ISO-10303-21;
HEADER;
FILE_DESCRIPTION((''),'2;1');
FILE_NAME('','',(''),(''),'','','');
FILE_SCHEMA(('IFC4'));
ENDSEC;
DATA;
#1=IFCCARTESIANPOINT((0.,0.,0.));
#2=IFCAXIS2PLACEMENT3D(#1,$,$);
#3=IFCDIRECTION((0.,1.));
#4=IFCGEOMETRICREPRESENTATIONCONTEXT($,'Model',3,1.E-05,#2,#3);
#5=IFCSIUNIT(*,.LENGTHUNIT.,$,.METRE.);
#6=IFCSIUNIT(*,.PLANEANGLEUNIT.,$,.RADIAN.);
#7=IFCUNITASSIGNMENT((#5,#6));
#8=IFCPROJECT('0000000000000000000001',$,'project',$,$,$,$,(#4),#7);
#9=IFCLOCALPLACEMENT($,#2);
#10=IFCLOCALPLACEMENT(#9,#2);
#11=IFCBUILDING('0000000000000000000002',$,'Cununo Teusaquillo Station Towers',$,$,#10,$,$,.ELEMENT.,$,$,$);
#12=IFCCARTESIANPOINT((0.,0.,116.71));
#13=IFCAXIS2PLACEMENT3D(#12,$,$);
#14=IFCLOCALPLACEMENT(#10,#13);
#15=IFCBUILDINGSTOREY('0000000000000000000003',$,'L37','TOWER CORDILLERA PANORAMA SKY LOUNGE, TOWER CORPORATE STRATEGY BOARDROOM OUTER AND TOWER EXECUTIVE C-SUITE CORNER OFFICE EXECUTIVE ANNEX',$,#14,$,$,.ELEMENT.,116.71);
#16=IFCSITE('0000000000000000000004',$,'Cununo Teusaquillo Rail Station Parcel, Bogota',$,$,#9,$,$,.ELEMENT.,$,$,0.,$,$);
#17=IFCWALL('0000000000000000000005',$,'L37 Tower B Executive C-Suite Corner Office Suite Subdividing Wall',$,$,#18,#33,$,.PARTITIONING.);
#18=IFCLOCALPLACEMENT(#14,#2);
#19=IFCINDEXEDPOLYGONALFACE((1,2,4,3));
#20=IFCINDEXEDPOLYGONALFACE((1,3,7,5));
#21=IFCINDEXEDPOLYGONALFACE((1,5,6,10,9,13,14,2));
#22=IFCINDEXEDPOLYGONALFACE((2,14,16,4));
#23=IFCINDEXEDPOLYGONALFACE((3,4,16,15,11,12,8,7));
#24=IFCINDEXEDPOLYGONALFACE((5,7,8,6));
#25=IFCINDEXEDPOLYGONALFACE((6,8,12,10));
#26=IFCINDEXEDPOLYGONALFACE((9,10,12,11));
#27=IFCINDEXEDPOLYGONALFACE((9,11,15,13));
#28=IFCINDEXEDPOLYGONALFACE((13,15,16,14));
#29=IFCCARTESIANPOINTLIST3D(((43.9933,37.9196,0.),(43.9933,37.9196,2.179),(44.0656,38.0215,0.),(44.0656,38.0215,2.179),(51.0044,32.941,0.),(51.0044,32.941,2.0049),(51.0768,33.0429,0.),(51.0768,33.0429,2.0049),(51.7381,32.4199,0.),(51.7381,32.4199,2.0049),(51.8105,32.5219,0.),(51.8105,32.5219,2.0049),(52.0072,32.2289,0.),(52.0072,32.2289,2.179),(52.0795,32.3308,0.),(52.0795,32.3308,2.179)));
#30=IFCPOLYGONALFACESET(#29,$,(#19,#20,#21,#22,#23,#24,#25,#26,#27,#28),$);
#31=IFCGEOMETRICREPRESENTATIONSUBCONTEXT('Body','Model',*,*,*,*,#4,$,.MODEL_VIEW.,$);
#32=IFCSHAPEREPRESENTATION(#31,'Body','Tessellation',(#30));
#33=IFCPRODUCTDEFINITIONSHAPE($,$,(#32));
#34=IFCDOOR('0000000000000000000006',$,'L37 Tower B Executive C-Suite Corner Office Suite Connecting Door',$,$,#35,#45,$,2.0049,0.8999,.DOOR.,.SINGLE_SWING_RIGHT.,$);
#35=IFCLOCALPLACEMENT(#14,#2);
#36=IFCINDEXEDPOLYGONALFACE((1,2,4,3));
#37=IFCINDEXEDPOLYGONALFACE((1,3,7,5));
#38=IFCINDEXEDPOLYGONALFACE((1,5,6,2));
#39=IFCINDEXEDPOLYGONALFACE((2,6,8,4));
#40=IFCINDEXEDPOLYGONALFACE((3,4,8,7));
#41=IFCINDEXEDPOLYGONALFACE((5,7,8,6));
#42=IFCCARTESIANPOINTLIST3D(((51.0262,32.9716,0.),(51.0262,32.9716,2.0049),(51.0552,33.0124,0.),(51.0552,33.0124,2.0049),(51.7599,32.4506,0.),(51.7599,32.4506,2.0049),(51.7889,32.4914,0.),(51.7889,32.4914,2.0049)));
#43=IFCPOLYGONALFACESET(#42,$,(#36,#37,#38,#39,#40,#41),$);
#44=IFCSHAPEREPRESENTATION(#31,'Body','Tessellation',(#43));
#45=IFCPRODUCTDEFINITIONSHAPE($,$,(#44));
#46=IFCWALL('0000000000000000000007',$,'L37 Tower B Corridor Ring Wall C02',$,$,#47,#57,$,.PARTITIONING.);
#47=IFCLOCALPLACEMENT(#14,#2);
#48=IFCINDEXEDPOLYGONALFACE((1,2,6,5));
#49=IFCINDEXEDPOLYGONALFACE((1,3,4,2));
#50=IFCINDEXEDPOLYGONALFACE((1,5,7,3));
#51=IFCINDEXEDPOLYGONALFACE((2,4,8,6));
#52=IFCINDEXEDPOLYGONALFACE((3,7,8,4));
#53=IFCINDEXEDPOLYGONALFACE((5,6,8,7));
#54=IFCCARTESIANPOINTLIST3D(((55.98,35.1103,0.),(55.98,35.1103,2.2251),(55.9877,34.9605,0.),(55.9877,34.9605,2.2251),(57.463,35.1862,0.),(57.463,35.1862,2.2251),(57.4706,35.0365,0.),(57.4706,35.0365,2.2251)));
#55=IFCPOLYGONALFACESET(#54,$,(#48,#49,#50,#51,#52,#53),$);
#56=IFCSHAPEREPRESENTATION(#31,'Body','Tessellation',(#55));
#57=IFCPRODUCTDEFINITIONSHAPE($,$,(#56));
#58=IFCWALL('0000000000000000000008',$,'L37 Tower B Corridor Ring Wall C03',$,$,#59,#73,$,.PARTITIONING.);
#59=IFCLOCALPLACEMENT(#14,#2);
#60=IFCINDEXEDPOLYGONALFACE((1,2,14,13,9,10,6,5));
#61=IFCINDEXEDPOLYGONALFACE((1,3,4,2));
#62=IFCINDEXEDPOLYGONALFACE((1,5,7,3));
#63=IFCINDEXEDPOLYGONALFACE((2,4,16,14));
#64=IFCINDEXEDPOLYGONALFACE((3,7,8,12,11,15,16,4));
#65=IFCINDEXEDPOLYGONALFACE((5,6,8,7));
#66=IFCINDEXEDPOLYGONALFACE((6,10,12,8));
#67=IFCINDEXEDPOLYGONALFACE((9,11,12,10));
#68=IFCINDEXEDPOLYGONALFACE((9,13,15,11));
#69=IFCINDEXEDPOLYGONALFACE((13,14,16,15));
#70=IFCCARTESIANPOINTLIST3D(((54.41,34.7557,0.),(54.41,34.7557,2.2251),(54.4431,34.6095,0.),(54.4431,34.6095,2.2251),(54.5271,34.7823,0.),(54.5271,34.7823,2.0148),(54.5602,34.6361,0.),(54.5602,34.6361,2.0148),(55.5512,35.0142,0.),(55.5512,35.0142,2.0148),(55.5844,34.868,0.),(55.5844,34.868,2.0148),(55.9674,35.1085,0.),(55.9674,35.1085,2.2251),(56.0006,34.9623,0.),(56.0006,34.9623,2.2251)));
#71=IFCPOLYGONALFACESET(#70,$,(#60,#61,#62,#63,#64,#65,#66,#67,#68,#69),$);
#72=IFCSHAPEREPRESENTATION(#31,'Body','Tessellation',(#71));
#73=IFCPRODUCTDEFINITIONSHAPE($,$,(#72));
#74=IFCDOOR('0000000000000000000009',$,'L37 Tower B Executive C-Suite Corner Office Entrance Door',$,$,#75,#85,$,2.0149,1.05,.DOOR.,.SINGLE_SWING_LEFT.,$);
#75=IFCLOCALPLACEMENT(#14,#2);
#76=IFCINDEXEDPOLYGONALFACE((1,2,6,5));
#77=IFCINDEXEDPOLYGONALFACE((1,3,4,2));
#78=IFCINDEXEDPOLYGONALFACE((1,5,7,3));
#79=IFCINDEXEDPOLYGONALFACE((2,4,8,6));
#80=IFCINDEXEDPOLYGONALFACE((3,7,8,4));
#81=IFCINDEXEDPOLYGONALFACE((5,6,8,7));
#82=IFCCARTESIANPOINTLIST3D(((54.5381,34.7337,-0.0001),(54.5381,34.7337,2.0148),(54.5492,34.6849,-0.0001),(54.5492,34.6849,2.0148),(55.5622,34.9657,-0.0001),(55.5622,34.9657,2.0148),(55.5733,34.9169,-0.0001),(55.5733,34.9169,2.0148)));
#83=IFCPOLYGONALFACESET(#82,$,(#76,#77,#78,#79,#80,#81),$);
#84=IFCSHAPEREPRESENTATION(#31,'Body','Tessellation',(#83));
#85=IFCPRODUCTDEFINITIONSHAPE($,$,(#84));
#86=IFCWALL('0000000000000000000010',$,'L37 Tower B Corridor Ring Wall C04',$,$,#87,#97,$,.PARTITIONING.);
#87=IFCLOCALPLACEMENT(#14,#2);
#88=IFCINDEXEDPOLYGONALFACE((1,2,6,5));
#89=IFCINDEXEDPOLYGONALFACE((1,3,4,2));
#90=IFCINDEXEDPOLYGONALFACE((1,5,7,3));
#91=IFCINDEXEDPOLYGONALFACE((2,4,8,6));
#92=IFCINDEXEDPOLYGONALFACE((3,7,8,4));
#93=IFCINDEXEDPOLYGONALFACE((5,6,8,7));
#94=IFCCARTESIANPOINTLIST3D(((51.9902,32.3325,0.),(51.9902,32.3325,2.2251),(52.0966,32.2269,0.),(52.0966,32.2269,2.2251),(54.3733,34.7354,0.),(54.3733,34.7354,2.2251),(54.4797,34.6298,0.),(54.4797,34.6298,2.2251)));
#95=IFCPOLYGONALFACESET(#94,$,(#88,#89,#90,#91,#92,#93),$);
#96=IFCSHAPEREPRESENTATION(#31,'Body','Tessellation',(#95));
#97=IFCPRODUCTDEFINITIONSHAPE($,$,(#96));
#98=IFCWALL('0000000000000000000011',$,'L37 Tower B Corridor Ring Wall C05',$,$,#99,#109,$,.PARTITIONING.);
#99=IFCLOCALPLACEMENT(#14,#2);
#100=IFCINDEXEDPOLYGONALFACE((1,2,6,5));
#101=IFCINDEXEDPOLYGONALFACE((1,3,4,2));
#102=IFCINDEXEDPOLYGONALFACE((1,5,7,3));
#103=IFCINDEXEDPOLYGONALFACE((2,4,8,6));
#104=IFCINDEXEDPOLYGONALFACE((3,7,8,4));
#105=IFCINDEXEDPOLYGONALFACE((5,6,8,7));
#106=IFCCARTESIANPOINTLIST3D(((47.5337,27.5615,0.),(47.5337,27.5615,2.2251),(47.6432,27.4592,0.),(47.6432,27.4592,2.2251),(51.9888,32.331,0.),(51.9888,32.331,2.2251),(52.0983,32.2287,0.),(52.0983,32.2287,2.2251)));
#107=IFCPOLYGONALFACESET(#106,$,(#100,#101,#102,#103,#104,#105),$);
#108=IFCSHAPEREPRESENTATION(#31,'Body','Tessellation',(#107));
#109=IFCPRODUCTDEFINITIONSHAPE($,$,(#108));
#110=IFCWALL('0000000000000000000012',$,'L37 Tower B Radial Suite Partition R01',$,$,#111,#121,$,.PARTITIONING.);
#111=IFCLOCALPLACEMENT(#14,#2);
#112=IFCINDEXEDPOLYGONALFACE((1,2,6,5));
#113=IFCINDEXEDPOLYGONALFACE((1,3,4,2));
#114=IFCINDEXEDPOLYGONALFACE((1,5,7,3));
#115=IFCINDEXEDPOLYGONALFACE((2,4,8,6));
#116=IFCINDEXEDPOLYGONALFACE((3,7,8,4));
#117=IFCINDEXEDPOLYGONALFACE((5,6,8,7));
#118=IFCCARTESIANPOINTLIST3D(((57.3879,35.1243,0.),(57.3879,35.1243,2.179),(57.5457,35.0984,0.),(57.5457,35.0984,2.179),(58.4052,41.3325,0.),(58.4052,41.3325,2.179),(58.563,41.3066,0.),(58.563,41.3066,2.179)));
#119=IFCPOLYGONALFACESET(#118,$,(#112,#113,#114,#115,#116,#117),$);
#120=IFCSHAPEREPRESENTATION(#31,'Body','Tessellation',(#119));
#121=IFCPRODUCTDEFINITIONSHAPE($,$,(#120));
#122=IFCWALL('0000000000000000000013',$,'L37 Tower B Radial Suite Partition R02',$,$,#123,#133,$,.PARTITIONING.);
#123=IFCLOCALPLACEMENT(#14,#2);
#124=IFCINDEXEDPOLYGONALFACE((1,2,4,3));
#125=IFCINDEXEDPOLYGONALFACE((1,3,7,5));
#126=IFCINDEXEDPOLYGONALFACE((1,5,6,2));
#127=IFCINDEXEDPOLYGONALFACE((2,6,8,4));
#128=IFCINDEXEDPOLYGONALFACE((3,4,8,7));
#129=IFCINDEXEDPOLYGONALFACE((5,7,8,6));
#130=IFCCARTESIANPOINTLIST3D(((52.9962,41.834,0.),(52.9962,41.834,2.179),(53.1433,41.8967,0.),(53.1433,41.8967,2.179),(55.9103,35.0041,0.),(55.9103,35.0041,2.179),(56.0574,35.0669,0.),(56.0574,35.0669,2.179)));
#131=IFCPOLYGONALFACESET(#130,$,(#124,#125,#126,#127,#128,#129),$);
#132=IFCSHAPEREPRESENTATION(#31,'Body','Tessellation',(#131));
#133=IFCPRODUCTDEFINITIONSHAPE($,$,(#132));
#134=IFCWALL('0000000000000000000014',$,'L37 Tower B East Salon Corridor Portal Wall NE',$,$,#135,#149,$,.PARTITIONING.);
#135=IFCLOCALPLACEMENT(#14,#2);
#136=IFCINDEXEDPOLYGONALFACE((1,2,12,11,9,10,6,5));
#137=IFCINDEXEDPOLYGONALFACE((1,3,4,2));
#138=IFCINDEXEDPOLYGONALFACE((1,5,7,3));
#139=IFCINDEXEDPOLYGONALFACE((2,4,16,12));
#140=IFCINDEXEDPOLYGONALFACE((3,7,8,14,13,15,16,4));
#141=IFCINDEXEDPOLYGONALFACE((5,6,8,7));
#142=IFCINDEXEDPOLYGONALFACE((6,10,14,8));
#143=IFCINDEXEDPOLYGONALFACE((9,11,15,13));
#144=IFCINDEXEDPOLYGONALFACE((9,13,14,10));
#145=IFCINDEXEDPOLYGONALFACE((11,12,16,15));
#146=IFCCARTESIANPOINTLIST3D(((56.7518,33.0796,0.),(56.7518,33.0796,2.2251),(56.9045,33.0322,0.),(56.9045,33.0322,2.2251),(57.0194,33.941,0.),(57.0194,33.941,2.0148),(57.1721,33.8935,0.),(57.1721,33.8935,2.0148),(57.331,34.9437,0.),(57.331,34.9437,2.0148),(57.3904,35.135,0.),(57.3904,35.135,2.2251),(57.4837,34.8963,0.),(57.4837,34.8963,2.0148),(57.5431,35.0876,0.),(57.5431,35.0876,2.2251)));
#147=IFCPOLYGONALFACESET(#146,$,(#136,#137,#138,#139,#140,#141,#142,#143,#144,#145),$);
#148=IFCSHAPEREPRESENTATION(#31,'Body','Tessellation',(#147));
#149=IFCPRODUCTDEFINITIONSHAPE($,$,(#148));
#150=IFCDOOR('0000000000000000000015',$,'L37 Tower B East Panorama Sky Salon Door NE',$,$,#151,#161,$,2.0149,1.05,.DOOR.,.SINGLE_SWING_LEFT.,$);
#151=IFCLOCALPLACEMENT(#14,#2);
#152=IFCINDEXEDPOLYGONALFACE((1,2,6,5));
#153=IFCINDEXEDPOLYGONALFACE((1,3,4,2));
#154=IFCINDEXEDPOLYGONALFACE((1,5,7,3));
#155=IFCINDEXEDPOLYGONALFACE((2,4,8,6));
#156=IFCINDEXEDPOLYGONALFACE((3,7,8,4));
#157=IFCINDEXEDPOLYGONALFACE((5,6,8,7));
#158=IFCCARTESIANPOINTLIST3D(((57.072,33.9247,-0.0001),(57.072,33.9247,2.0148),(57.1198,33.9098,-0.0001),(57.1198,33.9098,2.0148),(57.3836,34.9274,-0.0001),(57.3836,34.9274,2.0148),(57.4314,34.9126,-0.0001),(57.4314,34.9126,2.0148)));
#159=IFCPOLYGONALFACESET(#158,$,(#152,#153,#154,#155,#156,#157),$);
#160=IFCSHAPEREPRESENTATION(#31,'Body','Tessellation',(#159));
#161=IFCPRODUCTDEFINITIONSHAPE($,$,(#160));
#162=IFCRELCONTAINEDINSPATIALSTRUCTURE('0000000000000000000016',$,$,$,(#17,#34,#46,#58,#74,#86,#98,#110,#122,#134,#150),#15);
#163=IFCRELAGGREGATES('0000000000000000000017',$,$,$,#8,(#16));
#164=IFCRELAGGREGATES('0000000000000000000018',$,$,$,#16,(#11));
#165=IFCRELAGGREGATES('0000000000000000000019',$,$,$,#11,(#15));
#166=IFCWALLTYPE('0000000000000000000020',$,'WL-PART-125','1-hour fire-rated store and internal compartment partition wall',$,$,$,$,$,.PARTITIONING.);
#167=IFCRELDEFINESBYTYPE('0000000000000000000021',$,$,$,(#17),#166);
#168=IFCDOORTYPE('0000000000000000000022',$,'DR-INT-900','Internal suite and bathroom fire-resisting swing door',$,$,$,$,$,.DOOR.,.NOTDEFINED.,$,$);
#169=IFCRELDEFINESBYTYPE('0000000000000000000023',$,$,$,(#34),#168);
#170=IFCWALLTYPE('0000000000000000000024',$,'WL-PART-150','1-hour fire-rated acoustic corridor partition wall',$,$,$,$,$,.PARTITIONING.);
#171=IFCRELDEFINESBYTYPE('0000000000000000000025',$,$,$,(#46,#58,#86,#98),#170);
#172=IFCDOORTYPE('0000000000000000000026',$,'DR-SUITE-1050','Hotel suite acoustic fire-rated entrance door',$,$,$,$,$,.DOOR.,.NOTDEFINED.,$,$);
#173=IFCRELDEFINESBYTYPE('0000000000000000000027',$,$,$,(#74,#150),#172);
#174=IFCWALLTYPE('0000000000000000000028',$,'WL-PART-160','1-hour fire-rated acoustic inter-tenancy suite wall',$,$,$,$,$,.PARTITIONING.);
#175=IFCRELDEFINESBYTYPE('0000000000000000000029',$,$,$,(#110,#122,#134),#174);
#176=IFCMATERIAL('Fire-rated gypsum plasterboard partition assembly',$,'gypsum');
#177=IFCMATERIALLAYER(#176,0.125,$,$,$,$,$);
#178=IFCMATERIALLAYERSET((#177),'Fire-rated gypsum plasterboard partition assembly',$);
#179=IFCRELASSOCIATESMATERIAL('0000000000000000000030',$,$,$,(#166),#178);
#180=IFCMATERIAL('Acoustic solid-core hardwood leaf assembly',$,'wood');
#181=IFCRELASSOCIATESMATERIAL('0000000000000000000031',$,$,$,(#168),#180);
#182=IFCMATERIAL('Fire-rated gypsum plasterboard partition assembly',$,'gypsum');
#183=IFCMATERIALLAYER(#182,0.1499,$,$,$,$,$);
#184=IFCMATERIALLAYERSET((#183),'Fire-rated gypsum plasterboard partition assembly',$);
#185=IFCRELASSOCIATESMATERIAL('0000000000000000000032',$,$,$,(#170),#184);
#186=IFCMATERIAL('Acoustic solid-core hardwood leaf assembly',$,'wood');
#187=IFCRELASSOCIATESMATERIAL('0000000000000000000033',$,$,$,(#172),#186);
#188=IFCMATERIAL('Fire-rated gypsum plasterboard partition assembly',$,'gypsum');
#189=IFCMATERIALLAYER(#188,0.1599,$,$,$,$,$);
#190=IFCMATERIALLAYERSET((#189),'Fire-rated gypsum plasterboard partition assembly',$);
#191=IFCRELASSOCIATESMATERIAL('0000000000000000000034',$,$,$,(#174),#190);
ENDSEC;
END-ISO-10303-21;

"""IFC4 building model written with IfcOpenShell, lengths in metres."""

from ifc_helpers import new_model, si_unit, direction, frame, frame_2d, origin, place, context, subcontext, project, spatial, rectangle, extrude, source, transform, mapped, material, layer, layer_set, type_object, element, fill, save


model = new_model("IFC4")

# Units and contexts
model_context = context("Model", 3, precision=1e-05, world=origin(), true_north=direction((0.0, 1.0)))
body_context = subcontext(model_context, "Body", "Model", "MODEL_VIEW")
ifc_project = project(units=[si_unit("LENGTHUNIT", "METRE"), si_unit("PLANEANGLEUNIT", "RADIAN")], contexts=[model_context])

# Site, building, storey
site_placement = place(None, origin())
site = spatial("IfcSite", under=ifc_project, at=site_placement, Name="Cununo Teusaquillo Rail Station Parcel, Bogota", CompositionType="ELEMENT", RefElevation=0.0)
building_placement = place(site_placement, origin())
building = spatial("IfcBuilding", under=site, at=building_placement, Name="Cununo Teusaquillo Station Towers", CompositionType="ELEMENT")
storey_placement = place(building_placement, frame((0.0, 0.0, 116.71)))
storey = spatial("IfcBuildingStorey", under=building, at=storey_placement, Name="L37", Description="TOWER CORDILLERA PANORAMA SKY LOUNGE, TOWER CORPORATE STRATEGY BOARDROOM OUTER AND TOWER EXECUTIVE C-SUITE CORNER OFFICE EXECUTIVE ANNEX", CompositionType="ELEMENT", Elevation=116.71)

# Wall, opening, door
ifc_material_1 = material(Name="Fire-rated gypsum plasterboard partition assembly", Category="gypsum")
ifc_layer_1 = layer(ifc_material_1, 0.125)
ifc_layer_set_1 = layer_set([ifc_layer_1], Name="Fire-rated gypsum plasterboard partition assembly")
wall_type_1 = type_object("IfcWallType", Name="WL-PART-125", Description="1-hour fire-rated store and internal compartment partition wall", PredefinedType="PARTITIONING", material=ifc_layer_set_1)
wall_1_placement = place(storey_placement, frame((52.0435, 32.2798, 0.0), z_axis=(0.0, 0.0, 1.0), x_axis=(-0.815345, 0.578976, 0.0)))
wall_1 = element("IfcWall", 1, at=wall_1_placement, inside=storey, type_object=wall_type_1, Name="L37 Tower B Executive C-Suite Corner Office Suite Subdividing Wall", PredefinedType="PARTITIONING", context=body_context, shape_type="SweptSolid", body=[
    extrude(rectangle(XDim=9.8289, YDim=0.125, at=frame_2d((4.9146, 0.0))), origin(), (0.0, 0.0, 1.0), 2.179),
])
shared_shape_1 = source(origin(), body_context, "Body", "SweptSolid", [
    extrude(rectangle(XDim=0.8999, YDim=2.0049, at=frame_2d((0.45, 1.0024))), frame((0.0, 0.0725, 0.0), z_axis=(0.0, -1.0, 0.0), x_axis=(1.0, 0.0, 0.0)), (0.0, 0.0, 1.0), 0.145),
])
opening_1_placement = place(wall_1_placement, frame((0.3301, 0.0, 0.0)))
opening_1 = element("IfcOpeningElement", 2, at=opening_1_placement, cuts=wall_1, PredefinedType="OPENING", context=body_context, shape_type="MappedRepresentation", body=[
    mapped(shared_shape_1, transform((0.0, 0.0, 0.0), x_axis=(1.0, 0.0, 0.0), y_axis=(0.0, 1.0, 0.0), z_axis=(0.0, 0.0, 1.0), scale=1.0)),
])
ifc_material_2 = material(Name="Acoustic solid-core hardwood leaf assembly", Category="wood")
door_type_1 = type_object("IfcDoorType", Name="DR-INT-900", Description="Internal suite and bathroom fire-resisting swing door", OperationType="NOTDEFINED", PredefinedType="DOOR", material=ifc_material_2)
shared_shape_2 = source(origin(), body_context, "Body", "SweptSolid", [
    extrude(rectangle(XDim=0.8999, YDim=2.0049, at=frame_2d((0.45, 1.0024))), frame((0.0, 0.0249, 0.0), z_axis=(0.0, -1.0, 0.0), x_axis=(1.0, 0.0, 0.0)), (0.0, 0.0, 1.0), 0.05),
])
door_1_placement = place(opening_1_placement, origin())
door_1 = element("IfcDoor", 3, at=door_1_placement, inside=storey, type_object=door_type_1, Name="L37 Tower B Executive C-Suite Corner Office Suite Connecting Door", OperationType="SINGLE_SWING_RIGHT", OverallHeight=2.0049, OverallWidth=0.8999, PredefinedType="DOOR", context=body_context, shape_type="MappedRepresentation", body=[
    mapped(shared_shape_2, transform((0.0, 0.0, 0.0), x_axis=(1.0, 0.0, 0.0), y_axis=(0.0, 1.0, 0.0), z_axis=(0.0, 0.0, 1.0), scale=1.0)),
])
fill(opening_1, door_1)

# Wall
ifc_material_3 = material(Name="Fire-rated gypsum plasterboard partition assembly", Category="gypsum")
ifc_layer_2 = layer(ifc_material_3, 0.1499)
ifc_layer_set_2 = layer_set([ifc_layer_2], Name="Fire-rated gypsum plasterboard partition assembly")
wall_type_2 = type_object("IfcWallType", Name="WL-PART-150", Description="1-hour fire-rated acoustic corridor partition wall", PredefinedType="PARTITIONING", material=ifc_layer_set_2)
wall_2_placement = place(storey_placement, frame((57.4668, 35.1113, 0.0), z_axis=(0.0, 0.0, 1.0), x_axis=(-0.998692, -0.051135, 0.0)))
element("IfcWall", 4, at=wall_2_placement, inside=storey, type_object=wall_type_2, Name="L37 Tower B Corridor Ring Wall C02", PredefinedType="PARTITIONING", context=body_context, shape_type="SweptSolid", body=[
    extrude(rectangle(XDim=1.4849, YDim=0.1499, at=frame_2d((0.7424, 0.0))), origin(), (0.0, 0.0, 1.0), 2.2251),
])

# Wall, opening, door
wall_3_placement = place(storey_placement, frame((55.9839, 35.0354, 0.0), z_axis=(0.0, 0.0, 1.0), x_axis=(-0.97529, -0.220927, 0.0)))
wall_3 = element("IfcWall", 5, at=wall_3_placement, inside=storey, type_object=wall_type_2, Name="L37 Tower B Corridor Ring Wall C03", PredefinedType="PARTITIONING", context=body_context, shape_type="SweptSolid", body=[
    extrude(rectangle(XDim=1.5969, YDim=0.1499, at=frame_2d((0.7983, 0.0))), origin(), (0.0, 0.0, 1.0), 2.2251),
])
shared_shape_3 = source(origin(), body_context, "Body", "SweptSolid", [
    extrude(rectangle(XDim=1.05, YDim=2.0149, at=frame_2d((0.5249, 1.0073))), frame((0.0, 0.085, 0.0), z_axis=(0.0, -1.0, 0.0), x_axis=(1.0, 0.0, 0.0)), (0.0, 0.0, 1.0), 0.1699),
])
opening_2_placement = place(wall_3_placement, frame((0.4268, 0.0, 0.0)))
opening_2 = element("IfcOpeningElement", 6, at=opening_2_placement, cuts=wall_3, PredefinedType="OPENING", context=body_context, shape_type="MappedRepresentation", body=[
    mapped(shared_shape_3, transform((0.0, 0.0, 0.0), x_axis=(1.0, 0.0, 0.0), y_axis=(0.0, 1.0, 0.0), z_axis=(0.0, 0.0, 1.0), scale=1.0)),
])
ifc_material_4 = material(Name="Acoustic solid-core hardwood leaf assembly", Category="wood")
door_type_2 = type_object("IfcDoorType", Name="DR-SUITE-1050", Description="Hotel suite acoustic fire-rated entrance door", OperationType="NOTDEFINED", PredefinedType="DOOR", material=ifc_material_4)
shared_shape_4 = source(origin(), body_context, "Body", "SweptSolid", [
    extrude(rectangle(XDim=1.05, YDim=2.0149, at=frame_2d((0.5249, 1.0073))), frame((0.0, 0.0249, 0.0), z_axis=(0.0, -1.0, 0.0), x_axis=(1.0, 0.0, 0.0)), (0.0, 0.0, 1.0), 0.05),
])
door_2_placement = place(opening_2_placement, origin())
door_2 = element("IfcDoor", 7, at=door_2_placement, inside=storey, type_object=door_type_2, Name="L37 Tower B Executive C-Suite Corner Office Entrance Door", OperationType="SINGLE_SWING_LEFT", OverallHeight=2.0149, OverallWidth=1.05, PredefinedType="DOOR", context=body_context, shape_type="MappedRepresentation", body=[
    mapped(shared_shape_4, transform((0.0, 0.0, 0.0), x_axis=(1.0, 0.0, 0.0), y_axis=(0.0, 1.0, 0.0), z_axis=(0.0, 0.0, 1.0), scale=1.0)),
])
fill(opening_2, door_2)

# Walls
wall_4_placement = place(storey_placement, frame((54.4265, 34.6826, 0.0), z_axis=(0.0, 0.0, 1.0), x_axis=(-0.704179, -0.710022, 0.0)))
element("IfcWall", 8, at=wall_4_placement, inside=storey, type_object=wall_type_2, Name="L37 Tower B Corridor Ring Wall C04", PredefinedType="PARTITIONING", context=body_context, shape_type="SweptSolid", body=[
    extrude(rectangle(XDim=3.3843, YDim=0.1499, at=frame_2d((1.6921, 0.0))), origin(), (0.0, 0.0, 1.0), 2.2251),
])
wall_5_placement = place(storey_placement, frame((52.0435, 32.2798, 0.0), z_axis=(0.0, 0.0, 1.0), x_axis=(-0.682606, -0.730787, 0.0)))
element("IfcWall", 9, at=wall_5_placement, inside=storey, type_object=wall_type_2, Name="L37 Tower B Corridor Ring Wall C05", PredefinedType="PARTITIONING", context=body_context, shape_type="SweptSolid", body=[
    extrude(rectangle(XDim=6.5266, YDim=0.1499, at=frame_2d((3.2632, 0.0))), origin(), (0.0, 0.0, 1.0), 2.2251),
])
ifc_material_5 = material(Name="Fire-rated gypsum plasterboard partition assembly", Category="gypsum")
ifc_layer_3 = layer(ifc_material_5, 0.1599)
ifc_layer_set_3 = layer_set([ifc_layer_3], Name="Fire-rated gypsum plasterboard partition assembly")
wall_type_3 = type_object("IfcWallType", Name="WL-PART-160", Description="1-hour fire-rated acoustic inter-tenancy suite wall", PredefinedType="PARTITIONING", material=ifc_layer_set_3)
wall_6_placement = place(storey_placement, frame((57.4668, 35.1113, 0.0), z_axis=(0.0, 0.0, 1.0), x_axis=(0.161711, 0.986838, 0.0)))
element("IfcWall", 10, at=wall_6_placement, inside=storey, type_object=wall_type_3, Name="L37 Tower B Radial Suite Partition R01", PredefinedType="PARTITIONING", context=body_context, shape_type="SweptSolid", body=[
    extrude(rectangle(XDim=6.291, YDim=0.1599, at=frame_2d((3.1455, 0.0))), origin(), (0.0, 0.0, 1.0), 2.179),
])
wall_7_placement = place(storey_placement, frame((55.9839, 35.0354, 0.0), z_axis=(0.0, 0.0, 1.0), x_axis=(-0.392439, 0.919778, 0.0)))
element("IfcWall", 11, at=wall_7_placement, inside=storey, type_object=wall_type_3, Name="L37 Tower B Radial Suite Partition R02", PredefinedType="PARTITIONING", context=body_context, shape_type="SweptSolid", body=[
    extrude(rectangle(XDim=7.4255, YDim=0.1599, at=frame_2d((3.7129, 0.0))), origin(), (0.0, 0.0, 1.0), 2.179),
])

# Wall, opening, door
wall_8_placement = place(storey_placement, frame((56.8281, 33.0559, 0.0), z_axis=(0.0, 0.0, 1.0), x_axis=(0.296731, 0.954961, 0.0)))
wall_8 = element("IfcWall", 12, at=wall_8_placement, inside=storey, type_object=wall_type_3, Name="L37 Tower B East Salon Corridor Portal Wall NE", PredefinedType="PARTITIONING", context=body_context, shape_type="SweptSolid", body=[
    extrude(rectangle(XDim=2.1523, YDim=0.1599, at=frame_2d((1.0762, 0.0))), origin(), (0.0, 0.0, 1.0), 2.2251),
])
shared_shape_5 = source(origin(), body_context, "Body", "SweptSolid", [
    extrude(rectangle(XDim=1.05, YDim=2.0149, at=frame_2d((0.5249, 1.0073))), frame((0.0, 0.0898, 0.0), z_axis=(0.0, -1.0, 0.0), x_axis=(1.0, 0.0, 0.0)), (0.0, 0.0, 1.0), 0.1799),
])
opening_3_placement = place(wall_8_placement, frame((0.9021, 0.0, 0.0)))
opening_3 = element("IfcOpeningElement", 13, at=opening_3_placement, cuts=wall_8, PredefinedType="OPENING", context=body_context, shape_type="MappedRepresentation", body=[
    mapped(shared_shape_5, transform((0.0, 0.0, 0.0), x_axis=(1.0, 0.0, 0.0), y_axis=(0.0, 1.0, 0.0), z_axis=(0.0, 0.0, 1.0), scale=1.0)),
])
door_3_placement = place(opening_3_placement, origin())
door_3 = element("IfcDoor", 14, at=door_3_placement, inside=storey, type_object=door_type_2, Name="L37 Tower B East Panorama Sky Salon Door NE", OperationType="SINGLE_SWING_LEFT", OverallHeight=2.0149, OverallWidth=1.05, PredefinedType="DOOR", context=body_context, shape_type="MappedRepresentation", body=[
    mapped(shared_shape_4, transform((0.0, 0.0, 0.0), x_axis=(1.0, 0.0, 0.0), y_axis=(0.0, 1.0, 0.0), z_axis=(0.0, 0.0, 1.0), scale=1.0)),
])
fill(opening_3, door_3)

save(model, "model.ifc")
